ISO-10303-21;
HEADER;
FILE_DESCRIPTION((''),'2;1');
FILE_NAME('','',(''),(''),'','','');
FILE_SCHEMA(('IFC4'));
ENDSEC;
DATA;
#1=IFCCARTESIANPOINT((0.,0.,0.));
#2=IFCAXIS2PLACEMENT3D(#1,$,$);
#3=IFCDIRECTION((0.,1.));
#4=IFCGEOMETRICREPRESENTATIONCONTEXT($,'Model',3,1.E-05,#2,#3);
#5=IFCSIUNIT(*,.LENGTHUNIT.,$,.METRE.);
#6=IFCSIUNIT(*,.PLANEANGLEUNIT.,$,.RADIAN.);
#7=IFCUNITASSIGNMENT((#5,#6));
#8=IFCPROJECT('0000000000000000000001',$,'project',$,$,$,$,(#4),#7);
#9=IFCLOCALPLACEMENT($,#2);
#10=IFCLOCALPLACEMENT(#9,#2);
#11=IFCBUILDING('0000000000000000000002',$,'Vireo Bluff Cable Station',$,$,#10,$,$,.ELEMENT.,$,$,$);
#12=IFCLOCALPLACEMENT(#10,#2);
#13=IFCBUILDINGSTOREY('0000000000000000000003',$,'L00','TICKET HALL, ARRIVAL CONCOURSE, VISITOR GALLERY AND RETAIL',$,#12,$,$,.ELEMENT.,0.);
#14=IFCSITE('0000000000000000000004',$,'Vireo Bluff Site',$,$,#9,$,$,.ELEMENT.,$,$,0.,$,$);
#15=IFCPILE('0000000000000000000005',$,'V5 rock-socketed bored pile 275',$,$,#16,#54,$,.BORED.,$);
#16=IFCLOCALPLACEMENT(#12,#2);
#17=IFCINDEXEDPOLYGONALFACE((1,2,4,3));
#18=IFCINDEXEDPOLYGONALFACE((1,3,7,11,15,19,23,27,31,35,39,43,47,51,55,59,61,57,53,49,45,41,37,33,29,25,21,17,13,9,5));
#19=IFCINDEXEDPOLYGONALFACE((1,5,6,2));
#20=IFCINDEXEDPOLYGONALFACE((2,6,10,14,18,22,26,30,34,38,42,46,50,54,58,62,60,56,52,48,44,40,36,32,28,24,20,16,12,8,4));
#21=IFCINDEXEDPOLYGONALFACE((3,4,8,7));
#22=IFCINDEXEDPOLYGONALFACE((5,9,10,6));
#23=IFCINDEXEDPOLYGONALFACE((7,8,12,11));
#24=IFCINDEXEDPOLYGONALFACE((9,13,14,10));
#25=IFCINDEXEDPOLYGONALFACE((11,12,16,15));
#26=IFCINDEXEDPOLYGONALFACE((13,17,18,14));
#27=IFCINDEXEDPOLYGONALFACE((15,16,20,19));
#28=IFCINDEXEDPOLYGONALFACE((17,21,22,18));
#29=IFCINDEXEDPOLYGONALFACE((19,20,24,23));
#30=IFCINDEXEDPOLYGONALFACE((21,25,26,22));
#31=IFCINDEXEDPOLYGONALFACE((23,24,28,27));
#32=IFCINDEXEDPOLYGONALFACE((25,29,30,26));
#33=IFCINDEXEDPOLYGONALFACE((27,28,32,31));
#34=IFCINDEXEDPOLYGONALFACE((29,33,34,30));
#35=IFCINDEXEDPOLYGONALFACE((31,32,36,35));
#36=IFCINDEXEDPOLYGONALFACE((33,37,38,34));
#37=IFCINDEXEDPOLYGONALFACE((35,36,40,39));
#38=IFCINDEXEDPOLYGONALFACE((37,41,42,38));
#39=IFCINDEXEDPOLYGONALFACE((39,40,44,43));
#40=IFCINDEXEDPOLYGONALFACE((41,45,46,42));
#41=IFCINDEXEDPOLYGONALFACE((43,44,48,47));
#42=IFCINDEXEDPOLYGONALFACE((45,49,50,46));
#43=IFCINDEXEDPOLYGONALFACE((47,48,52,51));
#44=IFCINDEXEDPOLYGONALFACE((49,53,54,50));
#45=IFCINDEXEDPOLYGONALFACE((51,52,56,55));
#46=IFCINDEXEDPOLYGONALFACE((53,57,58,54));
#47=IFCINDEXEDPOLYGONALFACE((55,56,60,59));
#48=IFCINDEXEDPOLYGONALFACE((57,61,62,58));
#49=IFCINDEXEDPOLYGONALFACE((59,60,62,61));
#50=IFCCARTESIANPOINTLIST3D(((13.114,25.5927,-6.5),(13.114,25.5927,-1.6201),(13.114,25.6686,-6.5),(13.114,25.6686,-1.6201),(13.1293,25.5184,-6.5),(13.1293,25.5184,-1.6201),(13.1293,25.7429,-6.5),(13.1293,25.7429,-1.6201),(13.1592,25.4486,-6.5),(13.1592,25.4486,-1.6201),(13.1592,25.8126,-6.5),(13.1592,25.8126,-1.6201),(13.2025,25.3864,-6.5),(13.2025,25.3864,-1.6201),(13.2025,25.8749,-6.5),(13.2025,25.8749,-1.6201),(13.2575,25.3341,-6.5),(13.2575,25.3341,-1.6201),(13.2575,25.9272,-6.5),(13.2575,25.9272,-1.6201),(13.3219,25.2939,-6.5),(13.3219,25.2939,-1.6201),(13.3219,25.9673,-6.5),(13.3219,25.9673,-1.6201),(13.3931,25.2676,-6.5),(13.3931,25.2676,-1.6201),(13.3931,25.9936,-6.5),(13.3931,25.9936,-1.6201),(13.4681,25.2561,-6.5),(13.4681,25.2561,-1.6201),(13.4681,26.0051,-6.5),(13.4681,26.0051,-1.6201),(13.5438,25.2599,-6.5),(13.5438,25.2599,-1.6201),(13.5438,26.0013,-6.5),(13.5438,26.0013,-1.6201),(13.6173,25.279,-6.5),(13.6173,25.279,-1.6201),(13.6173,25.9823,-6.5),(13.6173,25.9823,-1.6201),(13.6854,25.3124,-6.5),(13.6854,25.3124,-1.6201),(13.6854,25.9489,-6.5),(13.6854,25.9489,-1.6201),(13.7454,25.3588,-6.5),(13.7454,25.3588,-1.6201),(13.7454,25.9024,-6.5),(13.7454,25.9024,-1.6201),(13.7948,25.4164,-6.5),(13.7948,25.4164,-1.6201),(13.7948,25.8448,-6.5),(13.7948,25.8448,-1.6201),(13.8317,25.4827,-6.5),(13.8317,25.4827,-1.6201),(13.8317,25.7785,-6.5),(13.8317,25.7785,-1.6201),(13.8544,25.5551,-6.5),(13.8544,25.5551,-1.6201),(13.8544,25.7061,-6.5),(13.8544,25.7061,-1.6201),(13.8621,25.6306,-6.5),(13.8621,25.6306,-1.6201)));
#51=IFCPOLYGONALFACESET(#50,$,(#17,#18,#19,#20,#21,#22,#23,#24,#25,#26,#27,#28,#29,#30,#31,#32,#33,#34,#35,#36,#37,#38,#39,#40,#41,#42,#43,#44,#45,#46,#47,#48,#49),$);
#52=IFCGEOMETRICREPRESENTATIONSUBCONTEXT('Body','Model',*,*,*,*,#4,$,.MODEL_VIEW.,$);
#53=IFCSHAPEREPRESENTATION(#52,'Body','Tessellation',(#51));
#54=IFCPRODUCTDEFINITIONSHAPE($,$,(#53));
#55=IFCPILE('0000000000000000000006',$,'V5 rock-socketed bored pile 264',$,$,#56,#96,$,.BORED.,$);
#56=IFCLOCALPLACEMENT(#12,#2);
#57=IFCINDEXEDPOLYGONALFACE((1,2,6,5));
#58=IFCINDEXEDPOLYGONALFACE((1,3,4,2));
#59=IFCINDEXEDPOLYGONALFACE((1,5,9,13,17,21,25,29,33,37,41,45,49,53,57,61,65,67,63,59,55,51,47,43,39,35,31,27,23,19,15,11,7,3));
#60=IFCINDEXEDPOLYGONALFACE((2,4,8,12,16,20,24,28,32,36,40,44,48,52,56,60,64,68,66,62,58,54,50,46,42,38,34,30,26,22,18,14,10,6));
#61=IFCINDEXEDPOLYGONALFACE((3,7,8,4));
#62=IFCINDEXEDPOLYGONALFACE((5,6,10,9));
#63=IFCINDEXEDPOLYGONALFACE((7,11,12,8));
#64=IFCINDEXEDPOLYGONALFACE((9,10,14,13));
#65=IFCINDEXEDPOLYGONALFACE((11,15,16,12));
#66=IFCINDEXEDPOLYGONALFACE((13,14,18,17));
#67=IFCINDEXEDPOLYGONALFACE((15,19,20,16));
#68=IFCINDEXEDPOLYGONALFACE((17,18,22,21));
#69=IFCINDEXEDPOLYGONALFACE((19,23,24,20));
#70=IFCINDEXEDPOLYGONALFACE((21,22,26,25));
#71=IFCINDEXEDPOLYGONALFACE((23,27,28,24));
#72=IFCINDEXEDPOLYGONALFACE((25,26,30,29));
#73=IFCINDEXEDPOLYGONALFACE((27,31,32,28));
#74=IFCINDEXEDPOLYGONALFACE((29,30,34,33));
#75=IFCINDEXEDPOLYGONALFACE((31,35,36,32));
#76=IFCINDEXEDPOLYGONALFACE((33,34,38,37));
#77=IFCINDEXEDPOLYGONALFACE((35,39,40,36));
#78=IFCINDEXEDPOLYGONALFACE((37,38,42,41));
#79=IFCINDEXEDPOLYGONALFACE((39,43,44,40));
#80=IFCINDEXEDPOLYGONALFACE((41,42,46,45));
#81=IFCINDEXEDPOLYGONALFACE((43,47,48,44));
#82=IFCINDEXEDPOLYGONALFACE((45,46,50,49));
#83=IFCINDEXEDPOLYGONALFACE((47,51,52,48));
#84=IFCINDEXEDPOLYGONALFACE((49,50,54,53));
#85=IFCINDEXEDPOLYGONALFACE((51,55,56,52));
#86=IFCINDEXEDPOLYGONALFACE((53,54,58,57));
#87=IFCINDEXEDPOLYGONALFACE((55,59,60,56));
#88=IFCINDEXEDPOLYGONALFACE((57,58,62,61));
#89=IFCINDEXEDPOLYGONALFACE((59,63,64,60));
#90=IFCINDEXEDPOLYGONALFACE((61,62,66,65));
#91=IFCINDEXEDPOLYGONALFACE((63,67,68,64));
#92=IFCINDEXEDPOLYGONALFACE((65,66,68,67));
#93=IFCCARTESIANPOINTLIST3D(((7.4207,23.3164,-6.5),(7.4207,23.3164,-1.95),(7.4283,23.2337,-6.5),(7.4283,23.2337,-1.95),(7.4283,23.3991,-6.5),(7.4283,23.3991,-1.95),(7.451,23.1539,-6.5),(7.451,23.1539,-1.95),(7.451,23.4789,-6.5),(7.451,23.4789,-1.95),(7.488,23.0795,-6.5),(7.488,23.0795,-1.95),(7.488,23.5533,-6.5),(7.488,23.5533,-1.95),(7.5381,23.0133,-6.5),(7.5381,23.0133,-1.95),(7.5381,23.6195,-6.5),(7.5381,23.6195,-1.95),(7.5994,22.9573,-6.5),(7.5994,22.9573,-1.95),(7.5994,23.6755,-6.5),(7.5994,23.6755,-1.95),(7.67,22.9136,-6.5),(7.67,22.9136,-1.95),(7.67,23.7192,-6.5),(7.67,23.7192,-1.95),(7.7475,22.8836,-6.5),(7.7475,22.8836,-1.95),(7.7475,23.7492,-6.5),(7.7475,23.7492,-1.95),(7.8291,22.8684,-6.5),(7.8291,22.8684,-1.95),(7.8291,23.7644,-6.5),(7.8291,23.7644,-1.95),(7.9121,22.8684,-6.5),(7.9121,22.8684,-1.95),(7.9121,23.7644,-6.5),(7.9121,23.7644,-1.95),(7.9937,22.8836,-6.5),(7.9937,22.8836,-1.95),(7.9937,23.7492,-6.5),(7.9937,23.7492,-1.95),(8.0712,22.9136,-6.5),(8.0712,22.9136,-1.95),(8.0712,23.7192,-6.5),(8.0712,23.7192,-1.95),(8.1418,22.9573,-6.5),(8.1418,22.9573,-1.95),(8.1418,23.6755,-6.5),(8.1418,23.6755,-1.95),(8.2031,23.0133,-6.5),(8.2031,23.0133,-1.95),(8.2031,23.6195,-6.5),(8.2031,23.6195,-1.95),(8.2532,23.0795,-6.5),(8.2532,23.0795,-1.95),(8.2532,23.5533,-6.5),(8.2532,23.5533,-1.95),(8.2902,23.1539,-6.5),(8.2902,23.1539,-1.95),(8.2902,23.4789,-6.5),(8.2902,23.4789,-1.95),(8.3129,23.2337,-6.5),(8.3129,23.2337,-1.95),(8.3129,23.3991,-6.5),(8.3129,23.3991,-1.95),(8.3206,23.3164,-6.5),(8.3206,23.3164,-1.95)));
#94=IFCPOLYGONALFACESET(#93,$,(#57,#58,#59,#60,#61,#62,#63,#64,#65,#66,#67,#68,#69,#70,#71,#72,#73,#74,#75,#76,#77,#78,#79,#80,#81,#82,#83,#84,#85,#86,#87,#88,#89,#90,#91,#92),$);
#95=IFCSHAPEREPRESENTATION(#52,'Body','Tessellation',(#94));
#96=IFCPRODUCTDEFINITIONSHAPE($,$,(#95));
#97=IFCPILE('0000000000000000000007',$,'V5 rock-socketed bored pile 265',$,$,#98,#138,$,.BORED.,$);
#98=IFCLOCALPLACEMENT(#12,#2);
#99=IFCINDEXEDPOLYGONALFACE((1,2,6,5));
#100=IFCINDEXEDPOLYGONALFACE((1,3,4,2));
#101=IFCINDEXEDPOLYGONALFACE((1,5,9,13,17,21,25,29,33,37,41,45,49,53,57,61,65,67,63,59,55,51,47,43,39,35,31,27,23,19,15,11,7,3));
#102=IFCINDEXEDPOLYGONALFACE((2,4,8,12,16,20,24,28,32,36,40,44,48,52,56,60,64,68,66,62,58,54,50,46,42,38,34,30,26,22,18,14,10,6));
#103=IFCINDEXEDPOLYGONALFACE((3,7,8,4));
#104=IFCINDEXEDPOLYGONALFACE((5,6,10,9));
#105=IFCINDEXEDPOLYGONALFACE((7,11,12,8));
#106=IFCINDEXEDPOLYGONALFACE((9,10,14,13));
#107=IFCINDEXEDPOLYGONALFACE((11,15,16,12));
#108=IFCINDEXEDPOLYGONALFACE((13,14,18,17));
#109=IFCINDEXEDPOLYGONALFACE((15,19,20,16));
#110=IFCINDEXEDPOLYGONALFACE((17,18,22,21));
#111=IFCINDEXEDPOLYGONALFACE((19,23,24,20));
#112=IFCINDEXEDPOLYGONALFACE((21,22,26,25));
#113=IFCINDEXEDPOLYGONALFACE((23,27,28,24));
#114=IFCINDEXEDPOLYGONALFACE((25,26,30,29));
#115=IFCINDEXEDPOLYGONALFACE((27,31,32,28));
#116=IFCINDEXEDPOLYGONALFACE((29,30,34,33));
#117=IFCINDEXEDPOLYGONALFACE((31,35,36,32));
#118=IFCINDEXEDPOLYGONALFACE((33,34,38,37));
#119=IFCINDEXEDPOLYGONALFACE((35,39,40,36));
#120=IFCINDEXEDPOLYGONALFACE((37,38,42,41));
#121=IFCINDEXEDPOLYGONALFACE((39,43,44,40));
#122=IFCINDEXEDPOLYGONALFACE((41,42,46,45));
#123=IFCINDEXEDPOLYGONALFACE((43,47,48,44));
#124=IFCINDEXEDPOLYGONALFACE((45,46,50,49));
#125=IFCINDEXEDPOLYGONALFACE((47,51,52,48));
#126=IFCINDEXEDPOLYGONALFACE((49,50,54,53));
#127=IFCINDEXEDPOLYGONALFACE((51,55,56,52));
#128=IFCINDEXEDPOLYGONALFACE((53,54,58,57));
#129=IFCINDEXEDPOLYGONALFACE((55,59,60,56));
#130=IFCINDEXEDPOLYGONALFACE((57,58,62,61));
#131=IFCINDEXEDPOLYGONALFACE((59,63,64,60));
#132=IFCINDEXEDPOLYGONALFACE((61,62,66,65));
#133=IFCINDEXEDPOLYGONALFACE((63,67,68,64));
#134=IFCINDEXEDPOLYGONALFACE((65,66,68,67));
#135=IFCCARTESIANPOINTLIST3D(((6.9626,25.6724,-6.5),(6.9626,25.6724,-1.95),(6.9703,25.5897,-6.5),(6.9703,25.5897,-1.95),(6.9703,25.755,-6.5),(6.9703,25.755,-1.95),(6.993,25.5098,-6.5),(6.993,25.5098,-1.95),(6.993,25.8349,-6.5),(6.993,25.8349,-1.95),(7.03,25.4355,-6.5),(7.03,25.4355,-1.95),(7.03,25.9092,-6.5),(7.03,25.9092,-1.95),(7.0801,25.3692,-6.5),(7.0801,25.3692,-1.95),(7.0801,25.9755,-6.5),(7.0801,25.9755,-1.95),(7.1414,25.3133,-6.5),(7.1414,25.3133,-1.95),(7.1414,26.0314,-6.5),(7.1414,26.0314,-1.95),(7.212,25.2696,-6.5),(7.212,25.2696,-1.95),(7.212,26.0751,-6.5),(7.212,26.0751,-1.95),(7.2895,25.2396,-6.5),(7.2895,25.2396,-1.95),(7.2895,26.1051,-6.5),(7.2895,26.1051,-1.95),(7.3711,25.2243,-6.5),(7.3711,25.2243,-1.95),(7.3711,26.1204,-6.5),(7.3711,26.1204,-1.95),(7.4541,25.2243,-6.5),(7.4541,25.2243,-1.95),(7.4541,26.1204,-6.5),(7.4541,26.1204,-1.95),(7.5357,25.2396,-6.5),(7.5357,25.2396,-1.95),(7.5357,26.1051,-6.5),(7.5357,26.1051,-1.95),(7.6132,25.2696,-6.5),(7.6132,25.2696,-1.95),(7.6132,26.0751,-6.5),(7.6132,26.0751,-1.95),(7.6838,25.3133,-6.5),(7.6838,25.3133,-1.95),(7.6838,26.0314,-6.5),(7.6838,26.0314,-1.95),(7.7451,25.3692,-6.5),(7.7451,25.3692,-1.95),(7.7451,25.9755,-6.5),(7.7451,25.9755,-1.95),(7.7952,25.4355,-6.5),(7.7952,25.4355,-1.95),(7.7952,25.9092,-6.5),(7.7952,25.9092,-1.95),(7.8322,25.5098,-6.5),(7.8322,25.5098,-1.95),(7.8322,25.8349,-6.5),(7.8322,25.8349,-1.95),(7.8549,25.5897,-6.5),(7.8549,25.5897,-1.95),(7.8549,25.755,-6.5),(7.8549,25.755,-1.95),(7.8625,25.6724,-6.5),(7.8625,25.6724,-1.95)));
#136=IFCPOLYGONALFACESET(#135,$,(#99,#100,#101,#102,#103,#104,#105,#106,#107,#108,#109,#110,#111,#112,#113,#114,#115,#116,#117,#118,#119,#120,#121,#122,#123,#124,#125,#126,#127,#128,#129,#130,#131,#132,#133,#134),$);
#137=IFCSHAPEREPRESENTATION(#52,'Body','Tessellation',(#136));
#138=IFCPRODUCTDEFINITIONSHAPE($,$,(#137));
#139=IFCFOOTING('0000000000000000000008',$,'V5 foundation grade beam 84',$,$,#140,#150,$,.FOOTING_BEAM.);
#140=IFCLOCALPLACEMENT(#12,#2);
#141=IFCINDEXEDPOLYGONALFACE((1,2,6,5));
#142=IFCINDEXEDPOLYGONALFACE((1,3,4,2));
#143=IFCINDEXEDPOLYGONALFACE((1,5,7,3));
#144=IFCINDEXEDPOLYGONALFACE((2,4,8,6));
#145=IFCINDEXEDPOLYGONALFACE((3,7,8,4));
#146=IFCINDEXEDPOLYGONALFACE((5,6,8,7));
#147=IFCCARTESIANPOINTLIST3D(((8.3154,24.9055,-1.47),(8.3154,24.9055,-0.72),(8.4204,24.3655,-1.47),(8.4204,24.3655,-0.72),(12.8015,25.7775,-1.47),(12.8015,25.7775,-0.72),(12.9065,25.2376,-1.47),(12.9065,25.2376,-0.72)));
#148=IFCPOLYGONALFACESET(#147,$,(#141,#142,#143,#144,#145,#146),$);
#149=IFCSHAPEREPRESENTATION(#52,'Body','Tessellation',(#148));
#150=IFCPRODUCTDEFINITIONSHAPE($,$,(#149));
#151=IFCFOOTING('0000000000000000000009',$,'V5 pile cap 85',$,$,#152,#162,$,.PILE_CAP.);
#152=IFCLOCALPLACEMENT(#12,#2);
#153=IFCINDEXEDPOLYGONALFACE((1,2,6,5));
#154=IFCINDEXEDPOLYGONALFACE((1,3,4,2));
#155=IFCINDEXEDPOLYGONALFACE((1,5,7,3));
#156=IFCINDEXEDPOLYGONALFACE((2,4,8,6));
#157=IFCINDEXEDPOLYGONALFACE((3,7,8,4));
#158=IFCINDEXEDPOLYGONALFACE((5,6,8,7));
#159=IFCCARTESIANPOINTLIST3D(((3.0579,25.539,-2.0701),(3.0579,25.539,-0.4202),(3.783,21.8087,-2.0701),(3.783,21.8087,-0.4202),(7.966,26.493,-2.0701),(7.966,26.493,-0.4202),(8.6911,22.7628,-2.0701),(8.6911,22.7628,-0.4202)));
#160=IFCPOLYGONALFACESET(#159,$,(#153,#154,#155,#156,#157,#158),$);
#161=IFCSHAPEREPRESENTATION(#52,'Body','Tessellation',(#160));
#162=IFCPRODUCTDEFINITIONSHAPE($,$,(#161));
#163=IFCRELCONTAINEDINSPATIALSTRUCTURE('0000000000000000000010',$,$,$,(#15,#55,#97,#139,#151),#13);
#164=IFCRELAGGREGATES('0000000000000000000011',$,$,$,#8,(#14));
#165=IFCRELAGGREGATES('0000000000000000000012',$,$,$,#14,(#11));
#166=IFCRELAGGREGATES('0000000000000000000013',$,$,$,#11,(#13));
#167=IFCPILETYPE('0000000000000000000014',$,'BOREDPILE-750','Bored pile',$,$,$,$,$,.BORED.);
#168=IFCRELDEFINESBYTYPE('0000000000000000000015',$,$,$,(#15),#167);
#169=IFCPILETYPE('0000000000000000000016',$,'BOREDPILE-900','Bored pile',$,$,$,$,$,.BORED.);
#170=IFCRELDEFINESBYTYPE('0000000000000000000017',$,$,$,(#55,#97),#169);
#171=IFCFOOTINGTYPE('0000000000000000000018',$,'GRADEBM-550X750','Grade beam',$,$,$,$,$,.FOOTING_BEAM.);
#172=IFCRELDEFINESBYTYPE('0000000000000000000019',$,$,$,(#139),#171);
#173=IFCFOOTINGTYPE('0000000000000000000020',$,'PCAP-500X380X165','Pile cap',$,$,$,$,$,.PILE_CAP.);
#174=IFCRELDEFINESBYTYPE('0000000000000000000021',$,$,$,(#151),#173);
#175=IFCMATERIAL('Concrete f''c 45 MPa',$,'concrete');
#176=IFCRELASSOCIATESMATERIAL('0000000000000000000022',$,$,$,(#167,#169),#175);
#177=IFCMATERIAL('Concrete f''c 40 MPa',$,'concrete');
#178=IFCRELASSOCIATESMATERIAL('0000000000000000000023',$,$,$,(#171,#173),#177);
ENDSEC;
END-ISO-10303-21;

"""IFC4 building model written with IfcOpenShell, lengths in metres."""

from ifc_helpers import new_model, si_unit, direction, frame, origin, origin_2d, place, context, subcontext, project, spatial, rectangle, circle, extrude, material, material_profile, profile_set, type_object, element, save


model = new_model("IFC4")

# Units and contexts
model_context = context("Model", 3, precision=1e-05, world=origin(), true_north=direction((0.0, 1.0)))
body_context = subcontext(model_context, "Body", "Model", "MODEL_VIEW")
ifc_project = project(units=[si_unit("LENGTHUNIT", "METRE"), si_unit("PLANEANGLEUNIT", "RADIAN")], contexts=[model_context])

# Site, building, storey
site_placement = place(None, origin())
site = spatial("IfcSite", under=ifc_project, at=site_placement, Name="Vireo Bluff Site", CompositionType="ELEMENT", RefElevation=0.0)
building_placement = place(site_placement, origin())
building = spatial("IfcBuilding", under=site, at=building_placement, Name="Vireo Bluff Cable Station", CompositionType="ELEMENT")
storey_placement = place(building_placement, origin())
storey = spatial("IfcBuildingStorey", under=building, at=storey_placement, Name="L00", Description="TICKET HALL, ARRIVAL CONCOURSE, VISITOR GALLERY AND RETAIL", CompositionType="ELEMENT", Elevation=0.0)

# Piles
ifc_material_1 = material(Name="Concrete f'c 45 MPa", Category="concrete")
ifc_material_profile_1 = material_profile(ifc_material_1, circle(Radius=0.375, at=origin_2d()), Name="BOREDPILE-750")
ifc_profile_set_1 = profile_set([ifc_material_profile_1], Name="Concrete f'c 45 MPa")
pile_type_1 = type_object("IfcPileType", Name="BOREDPILE-750", Description="Bored pile", PredefinedType="BORED", material=ifc_profile_set_1)
pile_placement = place(storey_placement, frame((13.4871, 25.6306, -1.6201), z_axis=(0.0, 0.0, -1.0), x_axis=(1.0, 0.0, 0.0)))
element("IfcPile", 1, at=pile_placement, inside=storey, type_object=pile_type_1, Name="V5 rock-socketed bored pile 275", PredefinedType="BORED", context=body_context, shape_type="SweptSolid", body=[
    extrude(circle(Radius=0.375, at=origin_2d()), origin(), (0.0, 0.0, 1.0), 4.8799),
])
ifc_material_profile_2 = material_profile(ifc_material_1, circle(Radius=0.45, at=origin_2d()), Name="BOREDPILE-900")
ifc_profile_set_2 = profile_set([ifc_material_profile_2], Name="Concrete f'c 45 MPa")
pile_type_2 = type_object("IfcPileType", Name="BOREDPILE-900", Description="Bored pile", PredefinedType="BORED", material=ifc_profile_set_2)
for number, where, z_axis, x_axis, name in (
    (2, (7.8706, 23.3164, -1.95), (0.0, 0.0, -1.0), (1.0, 0.0, 0.0), "V5 rock-socketed bored pile 264"),
    (3, (7.4126, 25.6724, -1.95), (0.0, 0.0, -1.0), (1.0, 0.0, 0.0), "V5 rock-socketed bored pile 265"),
):
    element("IfcPile", number, at=place(storey_placement, frame(where, z_axis=z_axis, x_axis=x_axis)), inside=storey, type_object=pile_type_2, Name=name, PredefinedType="BORED", context=body_context, shape_type="SweptSolid", body=[
        extrude(circle(Radius=0.45, at=origin_2d()), origin(), (0.0, 0.0, 1.0), 4.55),
    ])

# Footings
ifc_material_2 = material(Name="Concrete f'c 40 MPa", Category="concrete")
ifc_material_profile_3 = material_profile(ifc_material_2, rectangle(XDim=0.55, YDim=0.75, at=origin_2d()), Name="GRADEBM-550X750")
ifc_profile_set_3 = profile_set([ifc_material_profile_3], Name="Concrete f'c 40 MPa")
footing_type_1 = type_object("IfcFootingType", Name="GRADEBM-550X750", Description="Grade beam", PredefinedType="FOOTING_BEAM", material=ifc_profile_set_3)
footing_1_placement = place(storey_placement, frame((8.3679, 24.6355, -1.095), z_axis=(0.981625, 0.190822, 0.0), x_axis=(-0.190822, 0.981625, 0.0)))
element("IfcFooting", 4, at=footing_1_placement, inside=storey, type_object=footing_type_1, Name="V5 foundation grade beam 84", PredefinedType="FOOTING_BEAM", context=body_context, shape_type="SweptSolid", body=[
    extrude(rectangle(XDim=0.55, YDim=0.75, at=origin_2d()), origin(), (0.0, 0.0, 1.0), 4.5701),
])
footing_type_2 = type_object("IfcFootingType", Name="PCAP-500X380X165", Description="Pile cap", PredefinedType="PILE_CAP", material=ifc_material_2)
footing_2_placement = place(storey_placement, frame((5.8745, 24.1509, -2.0701), z_axis=(0.0, 0.0, 1.0), x_axis=(0.981627, 0.190809, 0.0)))
element("IfcFooting", 5, at=footing_2_placement, inside=storey, type_object=footing_type_2, Name="V5 pile cap 85", PredefinedType="PILE_CAP", context=body_context, shape_type="SweptSolid", body=[
    extrude(rectangle(XDim=5.0, YDim=3.8, at=origin_2d()), origin(), (0.0, 0.0, 1.0), 1.6499),
])

save(model, "model.ifc")
